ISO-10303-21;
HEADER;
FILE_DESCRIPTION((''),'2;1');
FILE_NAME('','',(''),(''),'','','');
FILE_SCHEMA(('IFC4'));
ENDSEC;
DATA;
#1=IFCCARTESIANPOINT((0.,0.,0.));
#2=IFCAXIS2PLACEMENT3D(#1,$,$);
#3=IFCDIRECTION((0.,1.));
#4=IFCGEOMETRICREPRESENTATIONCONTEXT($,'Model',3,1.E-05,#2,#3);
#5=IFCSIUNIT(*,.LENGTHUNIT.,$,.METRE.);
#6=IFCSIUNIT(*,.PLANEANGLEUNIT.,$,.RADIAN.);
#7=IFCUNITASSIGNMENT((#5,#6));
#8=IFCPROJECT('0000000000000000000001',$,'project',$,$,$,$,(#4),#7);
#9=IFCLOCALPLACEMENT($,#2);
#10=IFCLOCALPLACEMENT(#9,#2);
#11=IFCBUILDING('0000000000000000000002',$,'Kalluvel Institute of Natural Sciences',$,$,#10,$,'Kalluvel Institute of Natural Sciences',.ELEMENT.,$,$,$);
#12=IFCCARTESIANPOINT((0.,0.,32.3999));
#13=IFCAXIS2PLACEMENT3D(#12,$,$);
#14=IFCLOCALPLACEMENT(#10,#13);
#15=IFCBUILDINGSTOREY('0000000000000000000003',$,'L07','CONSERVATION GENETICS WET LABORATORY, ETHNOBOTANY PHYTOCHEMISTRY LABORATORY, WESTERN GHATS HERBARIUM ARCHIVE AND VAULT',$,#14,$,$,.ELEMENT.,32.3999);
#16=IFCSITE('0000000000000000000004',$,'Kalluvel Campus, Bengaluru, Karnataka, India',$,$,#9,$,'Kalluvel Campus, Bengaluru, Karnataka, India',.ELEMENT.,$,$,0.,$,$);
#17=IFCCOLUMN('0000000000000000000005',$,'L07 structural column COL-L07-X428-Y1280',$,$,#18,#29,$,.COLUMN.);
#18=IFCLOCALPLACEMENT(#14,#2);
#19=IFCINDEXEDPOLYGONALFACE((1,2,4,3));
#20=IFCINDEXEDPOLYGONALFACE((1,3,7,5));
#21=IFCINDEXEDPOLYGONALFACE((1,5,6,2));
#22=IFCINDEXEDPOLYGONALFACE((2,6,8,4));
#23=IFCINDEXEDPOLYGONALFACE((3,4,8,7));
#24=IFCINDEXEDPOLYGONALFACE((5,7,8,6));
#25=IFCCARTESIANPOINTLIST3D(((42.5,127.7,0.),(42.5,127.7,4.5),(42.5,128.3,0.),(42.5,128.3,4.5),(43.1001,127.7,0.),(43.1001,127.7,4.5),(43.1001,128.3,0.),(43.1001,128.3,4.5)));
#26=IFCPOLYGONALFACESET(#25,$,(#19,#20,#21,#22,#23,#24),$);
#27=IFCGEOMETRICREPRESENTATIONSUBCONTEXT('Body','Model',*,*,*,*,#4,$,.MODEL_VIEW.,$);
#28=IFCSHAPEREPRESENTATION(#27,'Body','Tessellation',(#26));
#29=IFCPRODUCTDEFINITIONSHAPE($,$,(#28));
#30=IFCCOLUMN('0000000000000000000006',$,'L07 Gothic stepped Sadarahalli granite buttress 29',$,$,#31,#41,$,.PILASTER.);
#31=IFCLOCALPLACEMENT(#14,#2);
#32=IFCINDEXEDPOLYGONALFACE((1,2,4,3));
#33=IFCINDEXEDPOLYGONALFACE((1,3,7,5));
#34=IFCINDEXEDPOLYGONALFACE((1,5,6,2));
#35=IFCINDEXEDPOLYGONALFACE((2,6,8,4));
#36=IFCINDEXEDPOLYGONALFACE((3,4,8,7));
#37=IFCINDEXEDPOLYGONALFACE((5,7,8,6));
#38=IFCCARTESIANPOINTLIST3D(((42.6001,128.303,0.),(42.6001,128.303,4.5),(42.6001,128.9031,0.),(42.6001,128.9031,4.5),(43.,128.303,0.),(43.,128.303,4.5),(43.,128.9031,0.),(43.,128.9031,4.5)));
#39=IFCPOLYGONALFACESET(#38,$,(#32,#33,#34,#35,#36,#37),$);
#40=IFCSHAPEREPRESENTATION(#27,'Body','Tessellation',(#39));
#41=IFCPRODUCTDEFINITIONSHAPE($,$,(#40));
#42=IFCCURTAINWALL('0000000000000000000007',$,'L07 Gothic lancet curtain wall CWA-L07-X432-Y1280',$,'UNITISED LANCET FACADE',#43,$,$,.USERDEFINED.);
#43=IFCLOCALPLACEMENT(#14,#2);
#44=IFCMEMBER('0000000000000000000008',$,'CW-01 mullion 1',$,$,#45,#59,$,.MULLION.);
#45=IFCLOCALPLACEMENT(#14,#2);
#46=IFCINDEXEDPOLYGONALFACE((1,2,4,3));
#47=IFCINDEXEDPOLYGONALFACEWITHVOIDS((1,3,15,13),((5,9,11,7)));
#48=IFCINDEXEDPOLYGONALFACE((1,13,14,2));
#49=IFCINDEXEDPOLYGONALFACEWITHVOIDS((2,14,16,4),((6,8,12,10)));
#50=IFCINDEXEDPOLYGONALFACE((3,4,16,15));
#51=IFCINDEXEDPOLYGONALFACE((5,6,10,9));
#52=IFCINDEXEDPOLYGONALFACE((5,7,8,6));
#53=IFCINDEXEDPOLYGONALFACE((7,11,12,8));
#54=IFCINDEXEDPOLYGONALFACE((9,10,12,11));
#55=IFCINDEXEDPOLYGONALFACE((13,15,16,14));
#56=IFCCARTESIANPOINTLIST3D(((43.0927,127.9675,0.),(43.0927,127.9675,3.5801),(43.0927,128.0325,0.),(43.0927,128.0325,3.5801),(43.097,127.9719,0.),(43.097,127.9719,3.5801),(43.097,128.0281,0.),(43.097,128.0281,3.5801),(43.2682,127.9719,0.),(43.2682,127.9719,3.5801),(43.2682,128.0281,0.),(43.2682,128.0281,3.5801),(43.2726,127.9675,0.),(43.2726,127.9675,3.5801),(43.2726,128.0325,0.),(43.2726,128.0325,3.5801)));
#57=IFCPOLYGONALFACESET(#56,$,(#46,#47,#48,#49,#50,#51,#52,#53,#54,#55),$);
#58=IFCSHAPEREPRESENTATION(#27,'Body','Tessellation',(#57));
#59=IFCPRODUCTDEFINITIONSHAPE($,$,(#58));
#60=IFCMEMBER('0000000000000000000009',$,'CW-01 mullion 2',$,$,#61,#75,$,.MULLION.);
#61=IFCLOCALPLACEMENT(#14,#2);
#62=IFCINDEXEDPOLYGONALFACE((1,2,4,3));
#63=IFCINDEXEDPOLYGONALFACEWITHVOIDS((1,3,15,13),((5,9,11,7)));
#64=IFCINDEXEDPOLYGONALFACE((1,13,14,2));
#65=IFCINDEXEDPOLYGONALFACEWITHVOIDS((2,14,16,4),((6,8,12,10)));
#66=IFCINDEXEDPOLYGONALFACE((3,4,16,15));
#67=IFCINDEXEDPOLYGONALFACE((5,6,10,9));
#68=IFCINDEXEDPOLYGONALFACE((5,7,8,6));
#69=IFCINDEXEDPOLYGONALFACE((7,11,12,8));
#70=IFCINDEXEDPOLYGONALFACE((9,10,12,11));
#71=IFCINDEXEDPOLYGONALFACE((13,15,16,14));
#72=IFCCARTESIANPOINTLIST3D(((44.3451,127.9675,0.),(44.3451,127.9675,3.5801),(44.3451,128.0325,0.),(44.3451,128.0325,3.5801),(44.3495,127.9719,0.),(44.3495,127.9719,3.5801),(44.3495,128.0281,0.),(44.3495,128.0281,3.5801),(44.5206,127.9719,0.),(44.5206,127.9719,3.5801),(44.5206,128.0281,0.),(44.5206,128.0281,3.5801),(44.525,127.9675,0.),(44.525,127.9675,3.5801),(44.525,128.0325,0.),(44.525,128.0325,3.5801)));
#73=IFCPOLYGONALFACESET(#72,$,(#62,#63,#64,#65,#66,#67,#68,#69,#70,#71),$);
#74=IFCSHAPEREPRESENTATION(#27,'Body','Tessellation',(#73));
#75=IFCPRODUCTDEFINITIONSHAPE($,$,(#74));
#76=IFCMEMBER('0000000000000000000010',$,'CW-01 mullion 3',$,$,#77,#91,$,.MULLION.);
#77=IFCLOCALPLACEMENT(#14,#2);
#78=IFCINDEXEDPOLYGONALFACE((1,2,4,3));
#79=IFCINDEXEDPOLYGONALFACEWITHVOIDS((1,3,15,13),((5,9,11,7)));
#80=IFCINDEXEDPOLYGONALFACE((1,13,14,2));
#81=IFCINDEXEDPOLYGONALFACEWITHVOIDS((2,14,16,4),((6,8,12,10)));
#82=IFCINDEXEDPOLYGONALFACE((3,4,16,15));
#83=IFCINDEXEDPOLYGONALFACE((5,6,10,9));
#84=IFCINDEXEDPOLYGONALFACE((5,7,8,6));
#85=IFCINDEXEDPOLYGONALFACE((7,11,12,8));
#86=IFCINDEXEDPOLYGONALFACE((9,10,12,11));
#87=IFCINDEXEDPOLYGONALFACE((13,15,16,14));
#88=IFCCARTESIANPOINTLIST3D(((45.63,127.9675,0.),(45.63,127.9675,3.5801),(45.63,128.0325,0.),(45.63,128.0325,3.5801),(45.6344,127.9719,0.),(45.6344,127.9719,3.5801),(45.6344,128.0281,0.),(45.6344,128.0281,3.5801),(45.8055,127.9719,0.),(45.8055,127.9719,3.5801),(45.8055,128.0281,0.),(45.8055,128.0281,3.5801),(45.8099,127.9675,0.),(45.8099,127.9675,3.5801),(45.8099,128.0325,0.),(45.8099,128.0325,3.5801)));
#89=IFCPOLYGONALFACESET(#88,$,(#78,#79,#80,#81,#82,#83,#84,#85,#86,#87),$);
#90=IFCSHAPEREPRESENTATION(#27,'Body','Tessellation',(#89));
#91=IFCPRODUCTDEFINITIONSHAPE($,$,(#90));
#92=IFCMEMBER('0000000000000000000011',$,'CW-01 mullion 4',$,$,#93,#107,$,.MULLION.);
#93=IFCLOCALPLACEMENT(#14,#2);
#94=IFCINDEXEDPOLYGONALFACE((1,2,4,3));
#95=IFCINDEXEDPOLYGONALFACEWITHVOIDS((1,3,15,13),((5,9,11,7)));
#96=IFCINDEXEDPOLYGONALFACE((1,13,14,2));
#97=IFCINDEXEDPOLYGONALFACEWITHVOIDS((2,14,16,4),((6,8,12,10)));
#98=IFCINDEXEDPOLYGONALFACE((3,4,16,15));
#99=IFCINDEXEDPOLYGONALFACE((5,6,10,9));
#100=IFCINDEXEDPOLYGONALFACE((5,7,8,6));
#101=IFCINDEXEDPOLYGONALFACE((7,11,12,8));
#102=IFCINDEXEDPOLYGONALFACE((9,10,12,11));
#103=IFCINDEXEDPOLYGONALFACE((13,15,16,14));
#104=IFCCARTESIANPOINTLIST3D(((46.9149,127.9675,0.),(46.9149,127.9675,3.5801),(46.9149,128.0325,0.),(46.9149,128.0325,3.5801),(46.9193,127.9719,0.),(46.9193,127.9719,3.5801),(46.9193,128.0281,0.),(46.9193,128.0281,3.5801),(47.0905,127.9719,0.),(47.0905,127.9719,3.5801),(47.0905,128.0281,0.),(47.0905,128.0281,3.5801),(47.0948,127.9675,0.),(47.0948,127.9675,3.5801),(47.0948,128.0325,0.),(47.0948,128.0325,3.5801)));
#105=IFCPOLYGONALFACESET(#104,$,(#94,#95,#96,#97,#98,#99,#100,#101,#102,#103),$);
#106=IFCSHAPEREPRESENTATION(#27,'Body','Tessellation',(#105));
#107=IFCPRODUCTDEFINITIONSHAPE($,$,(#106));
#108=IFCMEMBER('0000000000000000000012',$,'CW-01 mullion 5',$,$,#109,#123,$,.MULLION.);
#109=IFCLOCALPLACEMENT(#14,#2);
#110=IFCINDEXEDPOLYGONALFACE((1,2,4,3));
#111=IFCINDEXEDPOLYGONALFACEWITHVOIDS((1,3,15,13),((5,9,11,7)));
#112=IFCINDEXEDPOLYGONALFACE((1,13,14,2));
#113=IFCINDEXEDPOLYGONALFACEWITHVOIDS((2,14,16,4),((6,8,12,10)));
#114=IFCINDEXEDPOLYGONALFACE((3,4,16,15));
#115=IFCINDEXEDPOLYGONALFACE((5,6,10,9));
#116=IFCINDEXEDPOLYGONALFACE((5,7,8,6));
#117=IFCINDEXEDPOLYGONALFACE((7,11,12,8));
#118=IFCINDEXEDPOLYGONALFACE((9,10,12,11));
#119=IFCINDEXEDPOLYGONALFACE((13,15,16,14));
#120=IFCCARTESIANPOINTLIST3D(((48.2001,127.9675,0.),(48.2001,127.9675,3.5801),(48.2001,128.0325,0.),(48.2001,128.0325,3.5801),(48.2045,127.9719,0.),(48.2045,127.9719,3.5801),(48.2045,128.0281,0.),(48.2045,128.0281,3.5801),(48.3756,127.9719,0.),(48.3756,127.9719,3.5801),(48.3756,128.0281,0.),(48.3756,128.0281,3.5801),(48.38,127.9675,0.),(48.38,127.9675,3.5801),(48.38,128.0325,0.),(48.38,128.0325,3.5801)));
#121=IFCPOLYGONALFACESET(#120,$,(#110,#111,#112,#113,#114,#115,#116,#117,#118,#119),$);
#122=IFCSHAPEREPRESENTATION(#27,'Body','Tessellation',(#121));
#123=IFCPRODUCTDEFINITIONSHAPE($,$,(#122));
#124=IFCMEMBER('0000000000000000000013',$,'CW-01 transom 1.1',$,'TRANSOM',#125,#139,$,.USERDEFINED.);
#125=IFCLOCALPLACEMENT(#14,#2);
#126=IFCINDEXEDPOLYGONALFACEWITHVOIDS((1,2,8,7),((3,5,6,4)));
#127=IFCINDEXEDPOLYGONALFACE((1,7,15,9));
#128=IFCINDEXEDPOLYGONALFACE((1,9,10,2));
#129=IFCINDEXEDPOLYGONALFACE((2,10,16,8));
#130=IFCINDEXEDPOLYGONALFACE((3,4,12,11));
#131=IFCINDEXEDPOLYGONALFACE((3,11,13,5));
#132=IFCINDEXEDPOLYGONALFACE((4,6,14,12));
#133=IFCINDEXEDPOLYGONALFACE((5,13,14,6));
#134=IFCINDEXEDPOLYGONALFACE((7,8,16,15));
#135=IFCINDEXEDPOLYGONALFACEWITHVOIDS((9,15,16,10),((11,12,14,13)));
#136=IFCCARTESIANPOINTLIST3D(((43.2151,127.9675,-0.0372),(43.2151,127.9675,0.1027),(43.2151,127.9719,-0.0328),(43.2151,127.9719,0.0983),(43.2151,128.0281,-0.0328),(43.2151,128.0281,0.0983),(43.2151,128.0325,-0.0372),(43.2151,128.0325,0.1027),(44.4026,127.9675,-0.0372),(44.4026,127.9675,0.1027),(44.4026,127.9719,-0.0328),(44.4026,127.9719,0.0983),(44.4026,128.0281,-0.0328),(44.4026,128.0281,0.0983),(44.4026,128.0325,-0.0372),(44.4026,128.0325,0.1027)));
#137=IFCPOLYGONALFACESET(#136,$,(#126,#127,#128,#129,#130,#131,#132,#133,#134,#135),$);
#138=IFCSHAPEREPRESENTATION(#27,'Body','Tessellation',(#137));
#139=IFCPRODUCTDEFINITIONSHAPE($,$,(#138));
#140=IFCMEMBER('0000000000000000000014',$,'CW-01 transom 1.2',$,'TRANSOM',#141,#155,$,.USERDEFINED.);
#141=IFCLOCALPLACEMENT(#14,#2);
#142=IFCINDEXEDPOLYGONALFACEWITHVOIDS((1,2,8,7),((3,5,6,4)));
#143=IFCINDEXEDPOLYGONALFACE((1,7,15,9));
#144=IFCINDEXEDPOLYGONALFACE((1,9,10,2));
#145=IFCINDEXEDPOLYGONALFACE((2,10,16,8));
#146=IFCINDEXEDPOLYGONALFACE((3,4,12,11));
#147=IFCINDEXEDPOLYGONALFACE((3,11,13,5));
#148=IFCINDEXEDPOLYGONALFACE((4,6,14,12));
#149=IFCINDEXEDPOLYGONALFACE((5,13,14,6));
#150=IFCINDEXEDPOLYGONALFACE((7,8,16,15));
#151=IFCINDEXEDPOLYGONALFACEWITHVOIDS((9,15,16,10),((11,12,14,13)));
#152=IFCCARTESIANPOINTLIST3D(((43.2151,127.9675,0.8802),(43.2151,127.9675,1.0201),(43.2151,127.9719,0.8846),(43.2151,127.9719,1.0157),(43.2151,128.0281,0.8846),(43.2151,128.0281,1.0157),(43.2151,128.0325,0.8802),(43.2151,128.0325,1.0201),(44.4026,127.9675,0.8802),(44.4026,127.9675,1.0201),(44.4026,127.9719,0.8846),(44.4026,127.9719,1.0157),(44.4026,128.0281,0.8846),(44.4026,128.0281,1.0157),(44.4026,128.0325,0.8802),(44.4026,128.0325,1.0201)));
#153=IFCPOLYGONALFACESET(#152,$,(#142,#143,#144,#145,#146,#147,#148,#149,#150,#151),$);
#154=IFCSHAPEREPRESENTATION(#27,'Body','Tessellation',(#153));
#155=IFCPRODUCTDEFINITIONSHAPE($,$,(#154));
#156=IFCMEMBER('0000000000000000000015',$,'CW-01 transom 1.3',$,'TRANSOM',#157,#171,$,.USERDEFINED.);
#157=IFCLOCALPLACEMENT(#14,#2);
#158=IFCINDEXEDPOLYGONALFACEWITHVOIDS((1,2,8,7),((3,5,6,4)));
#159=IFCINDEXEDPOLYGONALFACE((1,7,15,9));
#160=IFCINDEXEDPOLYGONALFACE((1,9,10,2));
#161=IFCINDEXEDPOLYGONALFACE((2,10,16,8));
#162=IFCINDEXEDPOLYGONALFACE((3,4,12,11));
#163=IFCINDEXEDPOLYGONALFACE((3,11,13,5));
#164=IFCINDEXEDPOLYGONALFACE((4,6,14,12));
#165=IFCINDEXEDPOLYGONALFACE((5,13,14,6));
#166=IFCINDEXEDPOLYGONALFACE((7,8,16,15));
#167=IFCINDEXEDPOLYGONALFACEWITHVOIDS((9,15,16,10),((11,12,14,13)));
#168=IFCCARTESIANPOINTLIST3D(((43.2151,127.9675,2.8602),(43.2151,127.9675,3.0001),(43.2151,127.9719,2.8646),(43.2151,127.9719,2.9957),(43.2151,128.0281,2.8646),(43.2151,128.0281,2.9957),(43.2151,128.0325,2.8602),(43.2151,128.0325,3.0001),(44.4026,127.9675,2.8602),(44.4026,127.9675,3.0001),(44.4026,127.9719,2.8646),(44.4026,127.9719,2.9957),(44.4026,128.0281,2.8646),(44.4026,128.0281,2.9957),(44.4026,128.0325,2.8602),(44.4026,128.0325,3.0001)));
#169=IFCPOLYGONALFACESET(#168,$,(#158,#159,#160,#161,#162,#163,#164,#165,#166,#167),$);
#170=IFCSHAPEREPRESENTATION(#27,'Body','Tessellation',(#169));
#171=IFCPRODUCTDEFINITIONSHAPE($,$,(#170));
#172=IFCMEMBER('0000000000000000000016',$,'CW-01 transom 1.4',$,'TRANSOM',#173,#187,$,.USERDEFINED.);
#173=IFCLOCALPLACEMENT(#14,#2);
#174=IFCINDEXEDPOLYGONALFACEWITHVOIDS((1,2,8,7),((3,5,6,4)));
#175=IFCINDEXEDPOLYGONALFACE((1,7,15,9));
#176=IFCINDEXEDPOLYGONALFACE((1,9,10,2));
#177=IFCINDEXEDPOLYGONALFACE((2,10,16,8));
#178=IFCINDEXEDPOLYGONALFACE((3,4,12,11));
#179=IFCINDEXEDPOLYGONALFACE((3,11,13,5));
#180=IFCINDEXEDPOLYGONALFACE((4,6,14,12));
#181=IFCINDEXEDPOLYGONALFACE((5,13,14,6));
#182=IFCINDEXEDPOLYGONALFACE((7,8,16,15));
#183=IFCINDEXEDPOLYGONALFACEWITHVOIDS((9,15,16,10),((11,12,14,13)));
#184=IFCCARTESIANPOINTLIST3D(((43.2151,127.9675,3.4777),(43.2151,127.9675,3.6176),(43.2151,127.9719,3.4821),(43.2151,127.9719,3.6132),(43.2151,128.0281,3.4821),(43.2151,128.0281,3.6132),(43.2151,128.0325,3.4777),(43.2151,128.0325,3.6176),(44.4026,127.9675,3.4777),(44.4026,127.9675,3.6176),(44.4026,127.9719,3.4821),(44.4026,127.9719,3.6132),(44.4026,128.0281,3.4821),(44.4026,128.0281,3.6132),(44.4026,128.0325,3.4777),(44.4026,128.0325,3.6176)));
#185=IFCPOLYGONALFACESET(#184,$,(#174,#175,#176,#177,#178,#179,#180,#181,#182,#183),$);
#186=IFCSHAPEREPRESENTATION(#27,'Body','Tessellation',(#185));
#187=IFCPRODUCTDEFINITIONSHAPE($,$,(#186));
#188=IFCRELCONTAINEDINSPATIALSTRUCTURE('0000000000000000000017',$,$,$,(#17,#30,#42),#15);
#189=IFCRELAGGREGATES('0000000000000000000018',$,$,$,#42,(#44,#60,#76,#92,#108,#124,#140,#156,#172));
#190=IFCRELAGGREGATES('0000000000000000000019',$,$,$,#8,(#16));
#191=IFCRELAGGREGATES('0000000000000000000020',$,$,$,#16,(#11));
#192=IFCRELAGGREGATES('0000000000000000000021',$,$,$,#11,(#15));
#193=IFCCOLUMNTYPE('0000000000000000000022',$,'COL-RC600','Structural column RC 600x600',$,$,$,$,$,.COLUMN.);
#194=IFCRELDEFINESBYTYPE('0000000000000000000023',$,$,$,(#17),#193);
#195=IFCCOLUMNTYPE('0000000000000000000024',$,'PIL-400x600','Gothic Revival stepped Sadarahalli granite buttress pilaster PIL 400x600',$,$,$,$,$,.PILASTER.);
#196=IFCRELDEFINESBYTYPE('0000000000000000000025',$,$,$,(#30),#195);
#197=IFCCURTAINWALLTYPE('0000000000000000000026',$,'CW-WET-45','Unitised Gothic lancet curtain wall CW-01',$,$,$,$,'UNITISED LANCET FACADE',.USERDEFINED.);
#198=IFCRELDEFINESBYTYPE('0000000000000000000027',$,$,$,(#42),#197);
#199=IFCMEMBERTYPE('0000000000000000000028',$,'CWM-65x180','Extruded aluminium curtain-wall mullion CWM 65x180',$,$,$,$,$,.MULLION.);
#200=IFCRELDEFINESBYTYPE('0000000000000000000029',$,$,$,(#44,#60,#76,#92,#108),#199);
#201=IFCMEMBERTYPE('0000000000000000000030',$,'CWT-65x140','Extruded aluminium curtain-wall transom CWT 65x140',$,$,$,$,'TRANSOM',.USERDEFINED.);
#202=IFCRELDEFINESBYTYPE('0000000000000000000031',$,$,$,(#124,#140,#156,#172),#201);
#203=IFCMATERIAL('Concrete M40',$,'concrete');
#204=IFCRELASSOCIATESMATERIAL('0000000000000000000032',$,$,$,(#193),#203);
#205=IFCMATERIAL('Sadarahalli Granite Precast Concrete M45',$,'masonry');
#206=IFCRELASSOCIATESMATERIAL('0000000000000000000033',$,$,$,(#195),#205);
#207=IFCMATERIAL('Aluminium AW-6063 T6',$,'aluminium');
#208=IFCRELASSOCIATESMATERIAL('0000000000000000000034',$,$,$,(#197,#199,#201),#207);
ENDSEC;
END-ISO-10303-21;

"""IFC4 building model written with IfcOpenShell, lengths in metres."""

from ifc_helpers import new_model, si_unit, direction, frame, origin, origin_2d, place, context, subcontext, project, spatial, rectangle, hollow_rectangle, extrude, material, material_profile, profile_set, type_object, element, aggregate, save


model = new_model("IFC4")

# Units and contexts
model_context = context("Model", 3, precision=1e-05, world=origin(), true_north=direction((0.0, 1.0)))
body_context = subcontext(model_context, "Body", "Model", "MODEL_VIEW")
ifc_project = project(units=[si_unit("LENGTHUNIT", "METRE"), si_unit("PLANEANGLEUNIT", "RADIAN")], contexts=[model_context])

# Site, building, storey
site_placement = place(None, origin())
site = spatial("IfcSite", under=ifc_project, at=site_placement, Name="Kalluvel Campus, Bengaluru, Karnataka, India", LongName="Kalluvel Campus, Bengaluru, Karnataka, India", CompositionType="ELEMENT", RefElevation=0.0)
building_placement = place(site_placement, origin())
building = spatial("IfcBuilding", under=site, at=building_placement, Name="Kalluvel Institute of Natural Sciences", LongName="Kalluvel Institute of Natural Sciences", CompositionType="ELEMENT")
storey_placement = place(building_placement, frame((0.0, 0.0, 32.3999)))
storey = spatial("IfcBuildingStorey", under=building, at=storey_placement, Name="L07", Description="CONSERVATION GENETICS WET LABORATORY, ETHNOBOTANY PHYTOCHEMISTRY LABORATORY, WESTERN GHATS HERBARIUM ARCHIVE AND VAULT", CompositionType="ELEMENT", Elevation=32.3999)

# Columns
ifc_material_1 = material(Name="Concrete M40", Category="concrete")
ifc_material_profile_1 = material_profile(ifc_material_1, rectangle(XDim=0.6001, YDim=0.6001, at=origin_2d()), Name="RC 600x600")
ifc_profile_set_1 = profile_set([ifc_material_profile_1], Name="Concrete M40")
column_type_1 = type_object("IfcColumnType", Name="COL-RC600", Description="Structural column RC 600x600", PredefinedType="COLUMN", material=ifc_profile_set_1)
column_1_placement = place(storey_placement, frame((42.8, 128.0, 0.0), z_axis=(0.0, 0.0, 1.0), x_axis=(1.0, 0.0, 0.0)))
element("IfcColumn", 1, at=column_1_placement, inside=storey, type_object=column_type_1, Name="L07 structural column COL-L07-X428-Y1280", PredefinedType="COLUMN", context=body_context, shape_type="SweptSolid", body=[
    extrude(rectangle(XDim=0.6001, YDim=0.6001, at=origin_2d()), origin(), (0.0, 0.0, 1.0), 4.5),
])
ifc_material_2 = material(Name="Sadarahalli Granite Precast Concrete M45", Category="masonry")
ifc_material_profile_2 = material_profile(ifc_material_2, rectangle(XDim=0.3999, YDim=0.6001, at=origin_2d()), Name="PIL 400x600")
ifc_profile_set_2 = profile_set([ifc_material_profile_2], Name="Sadarahalli Granite Precast Concrete M45")
column_type_2 = type_object("IfcColumnType", Name="PIL-400x600", Description="Gothic Revival stepped Sadarahalli granite buttress pilaster PIL 400x600", PredefinedType="PILASTER", material=ifc_profile_set_2)
column_2_placement = place(storey_placement, frame((42.8, 128.603, 0.0), z_axis=(0.0, 0.0, 1.0), x_axis=(1.0, 0.0, 0.0)))
element("IfcColumn", 2, at=column_2_placement, inside=storey, type_object=column_type_2, Name="L07 Gothic stepped Sadarahalli granite buttress 29", PredefinedType="PILASTER", context=body_context, shape_type="SweptSolid", body=[
    extrude(rectangle(XDim=0.3999, YDim=0.6001, at=origin_2d()), origin(), (0.0, 0.0, 1.0), 4.5),
])

# Curtain wall, members
ifc_material_3 = material(Name="Aluminium AW-6063 T6", Category="aluminium")
curtain_wall_type = type_object("IfcCurtainWallType", Name="CW-WET-45", Description="Unitised Gothic lancet curtain wall CW-01", ElementType="UNITISED LANCET FACADE", PredefinedType="USERDEFINED", material=ifc_material_3)
curtain_wall_placement = place(storey_placement, origin())
curtain_wall = element("IfcCurtainWall", 3, at=curtain_wall_placement, inside=storey, type_object=curtain_wall_type, Name="L07 Gothic lancet curtain wall CWA-L07-X432-Y1280", ObjectType="UNITISED LANCET FACADE", PredefinedType="USERDEFINED")
ifc_material_profile_3 = material_profile(ifc_material_3, hollow_rectangle(XDim=0.0649, YDim=0.1799, WallThickness=0.0044, at=origin_2d()), Name="CWM 65x180")
ifc_profile_set_3 = profile_set([ifc_material_profile_3], Name="Aluminium AW-6063 T6")
member_type_1 = type_object("IfcMemberType", Name="CWM-65x180", Description="Extruded aluminium curtain-wall mullion CWM 65x180", PredefinedType="MULLION", material=ifc_profile_set_3)
member_1_placement = place(storey_placement, frame((43.1826, 128.0, 0.0), z_axis=(0.0, 0.0, 1.0), x_axis=(0.0, 1.0, 0.0)))
member_1 = element("IfcMember", 4, at=member_1_placement, type_object=member_type_1, Name="CW-01 mullion 1", PredefinedType="MULLION", context=body_context, shape_type="SweptSolid", body=[
    extrude(hollow_rectangle(XDim=0.0649, YDim=0.1799, WallThickness=0.0044, at=origin_2d()), origin(), (0.0, 0.0, 1.0), 3.5801),
])
member_2_placement = place(storey_placement, frame((44.4351, 128.0, 0.0), z_axis=(0.0, 0.0, 1.0), x_axis=(0.0, 1.0, 0.0)))
member_2 = element("IfcMember", 5, at=member_2_placement, type_object=member_type_1, Name="CW-01 mullion 2", PredefinedType="MULLION", context=body_context, shape_type="SweptSolid", body=[
    extrude(hollow_rectangle(XDim=0.0649, YDim=0.1799, WallThickness=0.0044, at=origin_2d()), origin(), (0.0, 0.0, 1.0), 3.5801),
])
member_3_placement = place(storey_placement, frame((45.72, 128.0, 0.0), z_axis=(0.0, 0.0, 1.0), x_axis=(0.0, 1.0, 0.0)))
member_3 = element("IfcMember", 6, at=member_3_placement, type_object=member_type_1, Name="CW-01 mullion 3", PredefinedType="MULLION", context=body_context, shape_type="SweptSolid", body=[
    extrude(hollow_rectangle(XDim=0.0649, YDim=0.1799, WallThickness=0.0044, at=origin_2d()), origin(), (0.0, 0.0, 1.0), 3.5801),
])
member_4_placement = place(storey_placement, frame((47.0049, 128.0, 0.0), z_axis=(0.0, 0.0, 1.0), x_axis=(0.0, 1.0, 0.0)))
member_4 = element("IfcMember", 7, at=member_4_placement, type_object=member_type_1, Name="CW-01 mullion 4", PredefinedType="MULLION", context=body_context, shape_type="SweptSolid", body=[
    extrude(hollow_rectangle(XDim=0.0649, YDim=0.1799, WallThickness=0.0044, at=origin_2d()), origin(), (0.0, 0.0, 1.0), 3.5801),
])
member_5_placement = place(storey_placement, frame((48.29, 128.0, 0.0), z_axis=(0.0, 0.0, 1.0), x_axis=(0.0, 1.0, 0.0)))
member_5 = element("IfcMember", 8, at=member_5_placement, type_object=member_type_1, Name="CW-01 mullion 5", PredefinedType="MULLION", context=body_context, shape_type="SweptSolid", body=[
    extrude(hollow_rectangle(XDim=0.0649, YDim=0.1799, WallThickness=0.0044, at=origin_2d()), origin(), (0.0, 0.0, 1.0), 3.5801),
])
ifc_material_profile_4 = material_profile(ifc_material_3, hollow_rectangle(XDim=0.0649, YDim=0.1399, WallThickness=0.0044, at=origin_2d()), Name="CWT 65x140")
ifc_profile_set_4 = profile_set([ifc_material_profile_4], Name="Aluminium AW-6063 T6")
member_type_2 = type_object("IfcMemberType", Name="CWT-65x140", Description="Extruded aluminium curtain-wall transom CWT 65x140", ElementType="TRANSOM", PredefinedType="USERDEFINED", material=ifc_profile_set_4)
member_6_placement = place(storey_placement, frame((43.2151, 128.0, 0.0327), z_axis=(1.0, 0.0, 0.0), x_axis=(0.0, 1.0, 0.0)))
member_6 = element("IfcMember", 9, at=member_6_placement, type_object=member_type_2, Name="CW-01 transom 1.1", ObjectType="TRANSOM", PredefinedType="USERDEFINED", context=body_context, shape_type="SweptSolid", body=[
    extrude(hollow_rectangle(XDim=0.0649, YDim=0.1399, WallThickness=0.0044, at=origin_2d()), origin(), (0.0, 0.0, 1.0), 1.1875),
])
member_7_placement = place(storey_placement, frame((43.2151, 128.0, 0.9502), z_axis=(1.0, 0.0, 0.0), x_axis=(0.0, 1.0, 0.0)))
member_7 = element("IfcMember", 10, at=member_7_placement, type_object=member_type_2, Name="CW-01 transom 1.2", ObjectType="TRANSOM", PredefinedType="USERDEFINED", context=body_context, shape_type="SweptSolid", body=[
    extrude(hollow_rectangle(XDim=0.0649, YDim=0.1399, WallThickness=0.0044, at=origin_2d()), origin(), (0.0, 0.0, 1.0), 1.1875),
])
member_8_placement = place(storey_placement, frame((43.2151, 128.0, 2.9302), z_axis=(1.0, 0.0, 0.0), x_axis=(0.0, 1.0, 0.0)))
member_8 = element("IfcMember", 11, at=member_8_placement, type_object=member_type_2, Name="CW-01 transom 1.3", ObjectType="TRANSOM", PredefinedType="USERDEFINED", context=body_context, shape_type="SweptSolid", body=[
    extrude(hollow_rectangle(XDim=0.0649, YDim=0.1399, WallThickness=0.0044, at=origin_2d()), origin(), (0.0, 0.0, 1.0), 1.1875),
])
member_9_placement = place(storey_placement, frame((43.2151, 128.0, 3.5476), z_axis=(1.0, 0.0, 0.0), x_axis=(0.0, 1.0, 0.0)))
member_9 = element("IfcMember", 12, at=member_9_placement, type_object=member_type_2, Name="CW-01 transom 1.4", ObjectType="TRANSOM", PredefinedType="USERDEFINED", context=body_context, shape_type="SweptSolid", body=[
    extrude(hollow_rectangle(XDim=0.0649, YDim=0.1399, WallThickness=0.0044, at=origin_2d()), origin(), (0.0, 0.0, 1.0), 1.1875),
])

aggregate(curtain_wall, [member_1, member_2, member_3, member_4, member_5, member_6, member_7, member_8, member_9])

save(model, "model.ifc")
